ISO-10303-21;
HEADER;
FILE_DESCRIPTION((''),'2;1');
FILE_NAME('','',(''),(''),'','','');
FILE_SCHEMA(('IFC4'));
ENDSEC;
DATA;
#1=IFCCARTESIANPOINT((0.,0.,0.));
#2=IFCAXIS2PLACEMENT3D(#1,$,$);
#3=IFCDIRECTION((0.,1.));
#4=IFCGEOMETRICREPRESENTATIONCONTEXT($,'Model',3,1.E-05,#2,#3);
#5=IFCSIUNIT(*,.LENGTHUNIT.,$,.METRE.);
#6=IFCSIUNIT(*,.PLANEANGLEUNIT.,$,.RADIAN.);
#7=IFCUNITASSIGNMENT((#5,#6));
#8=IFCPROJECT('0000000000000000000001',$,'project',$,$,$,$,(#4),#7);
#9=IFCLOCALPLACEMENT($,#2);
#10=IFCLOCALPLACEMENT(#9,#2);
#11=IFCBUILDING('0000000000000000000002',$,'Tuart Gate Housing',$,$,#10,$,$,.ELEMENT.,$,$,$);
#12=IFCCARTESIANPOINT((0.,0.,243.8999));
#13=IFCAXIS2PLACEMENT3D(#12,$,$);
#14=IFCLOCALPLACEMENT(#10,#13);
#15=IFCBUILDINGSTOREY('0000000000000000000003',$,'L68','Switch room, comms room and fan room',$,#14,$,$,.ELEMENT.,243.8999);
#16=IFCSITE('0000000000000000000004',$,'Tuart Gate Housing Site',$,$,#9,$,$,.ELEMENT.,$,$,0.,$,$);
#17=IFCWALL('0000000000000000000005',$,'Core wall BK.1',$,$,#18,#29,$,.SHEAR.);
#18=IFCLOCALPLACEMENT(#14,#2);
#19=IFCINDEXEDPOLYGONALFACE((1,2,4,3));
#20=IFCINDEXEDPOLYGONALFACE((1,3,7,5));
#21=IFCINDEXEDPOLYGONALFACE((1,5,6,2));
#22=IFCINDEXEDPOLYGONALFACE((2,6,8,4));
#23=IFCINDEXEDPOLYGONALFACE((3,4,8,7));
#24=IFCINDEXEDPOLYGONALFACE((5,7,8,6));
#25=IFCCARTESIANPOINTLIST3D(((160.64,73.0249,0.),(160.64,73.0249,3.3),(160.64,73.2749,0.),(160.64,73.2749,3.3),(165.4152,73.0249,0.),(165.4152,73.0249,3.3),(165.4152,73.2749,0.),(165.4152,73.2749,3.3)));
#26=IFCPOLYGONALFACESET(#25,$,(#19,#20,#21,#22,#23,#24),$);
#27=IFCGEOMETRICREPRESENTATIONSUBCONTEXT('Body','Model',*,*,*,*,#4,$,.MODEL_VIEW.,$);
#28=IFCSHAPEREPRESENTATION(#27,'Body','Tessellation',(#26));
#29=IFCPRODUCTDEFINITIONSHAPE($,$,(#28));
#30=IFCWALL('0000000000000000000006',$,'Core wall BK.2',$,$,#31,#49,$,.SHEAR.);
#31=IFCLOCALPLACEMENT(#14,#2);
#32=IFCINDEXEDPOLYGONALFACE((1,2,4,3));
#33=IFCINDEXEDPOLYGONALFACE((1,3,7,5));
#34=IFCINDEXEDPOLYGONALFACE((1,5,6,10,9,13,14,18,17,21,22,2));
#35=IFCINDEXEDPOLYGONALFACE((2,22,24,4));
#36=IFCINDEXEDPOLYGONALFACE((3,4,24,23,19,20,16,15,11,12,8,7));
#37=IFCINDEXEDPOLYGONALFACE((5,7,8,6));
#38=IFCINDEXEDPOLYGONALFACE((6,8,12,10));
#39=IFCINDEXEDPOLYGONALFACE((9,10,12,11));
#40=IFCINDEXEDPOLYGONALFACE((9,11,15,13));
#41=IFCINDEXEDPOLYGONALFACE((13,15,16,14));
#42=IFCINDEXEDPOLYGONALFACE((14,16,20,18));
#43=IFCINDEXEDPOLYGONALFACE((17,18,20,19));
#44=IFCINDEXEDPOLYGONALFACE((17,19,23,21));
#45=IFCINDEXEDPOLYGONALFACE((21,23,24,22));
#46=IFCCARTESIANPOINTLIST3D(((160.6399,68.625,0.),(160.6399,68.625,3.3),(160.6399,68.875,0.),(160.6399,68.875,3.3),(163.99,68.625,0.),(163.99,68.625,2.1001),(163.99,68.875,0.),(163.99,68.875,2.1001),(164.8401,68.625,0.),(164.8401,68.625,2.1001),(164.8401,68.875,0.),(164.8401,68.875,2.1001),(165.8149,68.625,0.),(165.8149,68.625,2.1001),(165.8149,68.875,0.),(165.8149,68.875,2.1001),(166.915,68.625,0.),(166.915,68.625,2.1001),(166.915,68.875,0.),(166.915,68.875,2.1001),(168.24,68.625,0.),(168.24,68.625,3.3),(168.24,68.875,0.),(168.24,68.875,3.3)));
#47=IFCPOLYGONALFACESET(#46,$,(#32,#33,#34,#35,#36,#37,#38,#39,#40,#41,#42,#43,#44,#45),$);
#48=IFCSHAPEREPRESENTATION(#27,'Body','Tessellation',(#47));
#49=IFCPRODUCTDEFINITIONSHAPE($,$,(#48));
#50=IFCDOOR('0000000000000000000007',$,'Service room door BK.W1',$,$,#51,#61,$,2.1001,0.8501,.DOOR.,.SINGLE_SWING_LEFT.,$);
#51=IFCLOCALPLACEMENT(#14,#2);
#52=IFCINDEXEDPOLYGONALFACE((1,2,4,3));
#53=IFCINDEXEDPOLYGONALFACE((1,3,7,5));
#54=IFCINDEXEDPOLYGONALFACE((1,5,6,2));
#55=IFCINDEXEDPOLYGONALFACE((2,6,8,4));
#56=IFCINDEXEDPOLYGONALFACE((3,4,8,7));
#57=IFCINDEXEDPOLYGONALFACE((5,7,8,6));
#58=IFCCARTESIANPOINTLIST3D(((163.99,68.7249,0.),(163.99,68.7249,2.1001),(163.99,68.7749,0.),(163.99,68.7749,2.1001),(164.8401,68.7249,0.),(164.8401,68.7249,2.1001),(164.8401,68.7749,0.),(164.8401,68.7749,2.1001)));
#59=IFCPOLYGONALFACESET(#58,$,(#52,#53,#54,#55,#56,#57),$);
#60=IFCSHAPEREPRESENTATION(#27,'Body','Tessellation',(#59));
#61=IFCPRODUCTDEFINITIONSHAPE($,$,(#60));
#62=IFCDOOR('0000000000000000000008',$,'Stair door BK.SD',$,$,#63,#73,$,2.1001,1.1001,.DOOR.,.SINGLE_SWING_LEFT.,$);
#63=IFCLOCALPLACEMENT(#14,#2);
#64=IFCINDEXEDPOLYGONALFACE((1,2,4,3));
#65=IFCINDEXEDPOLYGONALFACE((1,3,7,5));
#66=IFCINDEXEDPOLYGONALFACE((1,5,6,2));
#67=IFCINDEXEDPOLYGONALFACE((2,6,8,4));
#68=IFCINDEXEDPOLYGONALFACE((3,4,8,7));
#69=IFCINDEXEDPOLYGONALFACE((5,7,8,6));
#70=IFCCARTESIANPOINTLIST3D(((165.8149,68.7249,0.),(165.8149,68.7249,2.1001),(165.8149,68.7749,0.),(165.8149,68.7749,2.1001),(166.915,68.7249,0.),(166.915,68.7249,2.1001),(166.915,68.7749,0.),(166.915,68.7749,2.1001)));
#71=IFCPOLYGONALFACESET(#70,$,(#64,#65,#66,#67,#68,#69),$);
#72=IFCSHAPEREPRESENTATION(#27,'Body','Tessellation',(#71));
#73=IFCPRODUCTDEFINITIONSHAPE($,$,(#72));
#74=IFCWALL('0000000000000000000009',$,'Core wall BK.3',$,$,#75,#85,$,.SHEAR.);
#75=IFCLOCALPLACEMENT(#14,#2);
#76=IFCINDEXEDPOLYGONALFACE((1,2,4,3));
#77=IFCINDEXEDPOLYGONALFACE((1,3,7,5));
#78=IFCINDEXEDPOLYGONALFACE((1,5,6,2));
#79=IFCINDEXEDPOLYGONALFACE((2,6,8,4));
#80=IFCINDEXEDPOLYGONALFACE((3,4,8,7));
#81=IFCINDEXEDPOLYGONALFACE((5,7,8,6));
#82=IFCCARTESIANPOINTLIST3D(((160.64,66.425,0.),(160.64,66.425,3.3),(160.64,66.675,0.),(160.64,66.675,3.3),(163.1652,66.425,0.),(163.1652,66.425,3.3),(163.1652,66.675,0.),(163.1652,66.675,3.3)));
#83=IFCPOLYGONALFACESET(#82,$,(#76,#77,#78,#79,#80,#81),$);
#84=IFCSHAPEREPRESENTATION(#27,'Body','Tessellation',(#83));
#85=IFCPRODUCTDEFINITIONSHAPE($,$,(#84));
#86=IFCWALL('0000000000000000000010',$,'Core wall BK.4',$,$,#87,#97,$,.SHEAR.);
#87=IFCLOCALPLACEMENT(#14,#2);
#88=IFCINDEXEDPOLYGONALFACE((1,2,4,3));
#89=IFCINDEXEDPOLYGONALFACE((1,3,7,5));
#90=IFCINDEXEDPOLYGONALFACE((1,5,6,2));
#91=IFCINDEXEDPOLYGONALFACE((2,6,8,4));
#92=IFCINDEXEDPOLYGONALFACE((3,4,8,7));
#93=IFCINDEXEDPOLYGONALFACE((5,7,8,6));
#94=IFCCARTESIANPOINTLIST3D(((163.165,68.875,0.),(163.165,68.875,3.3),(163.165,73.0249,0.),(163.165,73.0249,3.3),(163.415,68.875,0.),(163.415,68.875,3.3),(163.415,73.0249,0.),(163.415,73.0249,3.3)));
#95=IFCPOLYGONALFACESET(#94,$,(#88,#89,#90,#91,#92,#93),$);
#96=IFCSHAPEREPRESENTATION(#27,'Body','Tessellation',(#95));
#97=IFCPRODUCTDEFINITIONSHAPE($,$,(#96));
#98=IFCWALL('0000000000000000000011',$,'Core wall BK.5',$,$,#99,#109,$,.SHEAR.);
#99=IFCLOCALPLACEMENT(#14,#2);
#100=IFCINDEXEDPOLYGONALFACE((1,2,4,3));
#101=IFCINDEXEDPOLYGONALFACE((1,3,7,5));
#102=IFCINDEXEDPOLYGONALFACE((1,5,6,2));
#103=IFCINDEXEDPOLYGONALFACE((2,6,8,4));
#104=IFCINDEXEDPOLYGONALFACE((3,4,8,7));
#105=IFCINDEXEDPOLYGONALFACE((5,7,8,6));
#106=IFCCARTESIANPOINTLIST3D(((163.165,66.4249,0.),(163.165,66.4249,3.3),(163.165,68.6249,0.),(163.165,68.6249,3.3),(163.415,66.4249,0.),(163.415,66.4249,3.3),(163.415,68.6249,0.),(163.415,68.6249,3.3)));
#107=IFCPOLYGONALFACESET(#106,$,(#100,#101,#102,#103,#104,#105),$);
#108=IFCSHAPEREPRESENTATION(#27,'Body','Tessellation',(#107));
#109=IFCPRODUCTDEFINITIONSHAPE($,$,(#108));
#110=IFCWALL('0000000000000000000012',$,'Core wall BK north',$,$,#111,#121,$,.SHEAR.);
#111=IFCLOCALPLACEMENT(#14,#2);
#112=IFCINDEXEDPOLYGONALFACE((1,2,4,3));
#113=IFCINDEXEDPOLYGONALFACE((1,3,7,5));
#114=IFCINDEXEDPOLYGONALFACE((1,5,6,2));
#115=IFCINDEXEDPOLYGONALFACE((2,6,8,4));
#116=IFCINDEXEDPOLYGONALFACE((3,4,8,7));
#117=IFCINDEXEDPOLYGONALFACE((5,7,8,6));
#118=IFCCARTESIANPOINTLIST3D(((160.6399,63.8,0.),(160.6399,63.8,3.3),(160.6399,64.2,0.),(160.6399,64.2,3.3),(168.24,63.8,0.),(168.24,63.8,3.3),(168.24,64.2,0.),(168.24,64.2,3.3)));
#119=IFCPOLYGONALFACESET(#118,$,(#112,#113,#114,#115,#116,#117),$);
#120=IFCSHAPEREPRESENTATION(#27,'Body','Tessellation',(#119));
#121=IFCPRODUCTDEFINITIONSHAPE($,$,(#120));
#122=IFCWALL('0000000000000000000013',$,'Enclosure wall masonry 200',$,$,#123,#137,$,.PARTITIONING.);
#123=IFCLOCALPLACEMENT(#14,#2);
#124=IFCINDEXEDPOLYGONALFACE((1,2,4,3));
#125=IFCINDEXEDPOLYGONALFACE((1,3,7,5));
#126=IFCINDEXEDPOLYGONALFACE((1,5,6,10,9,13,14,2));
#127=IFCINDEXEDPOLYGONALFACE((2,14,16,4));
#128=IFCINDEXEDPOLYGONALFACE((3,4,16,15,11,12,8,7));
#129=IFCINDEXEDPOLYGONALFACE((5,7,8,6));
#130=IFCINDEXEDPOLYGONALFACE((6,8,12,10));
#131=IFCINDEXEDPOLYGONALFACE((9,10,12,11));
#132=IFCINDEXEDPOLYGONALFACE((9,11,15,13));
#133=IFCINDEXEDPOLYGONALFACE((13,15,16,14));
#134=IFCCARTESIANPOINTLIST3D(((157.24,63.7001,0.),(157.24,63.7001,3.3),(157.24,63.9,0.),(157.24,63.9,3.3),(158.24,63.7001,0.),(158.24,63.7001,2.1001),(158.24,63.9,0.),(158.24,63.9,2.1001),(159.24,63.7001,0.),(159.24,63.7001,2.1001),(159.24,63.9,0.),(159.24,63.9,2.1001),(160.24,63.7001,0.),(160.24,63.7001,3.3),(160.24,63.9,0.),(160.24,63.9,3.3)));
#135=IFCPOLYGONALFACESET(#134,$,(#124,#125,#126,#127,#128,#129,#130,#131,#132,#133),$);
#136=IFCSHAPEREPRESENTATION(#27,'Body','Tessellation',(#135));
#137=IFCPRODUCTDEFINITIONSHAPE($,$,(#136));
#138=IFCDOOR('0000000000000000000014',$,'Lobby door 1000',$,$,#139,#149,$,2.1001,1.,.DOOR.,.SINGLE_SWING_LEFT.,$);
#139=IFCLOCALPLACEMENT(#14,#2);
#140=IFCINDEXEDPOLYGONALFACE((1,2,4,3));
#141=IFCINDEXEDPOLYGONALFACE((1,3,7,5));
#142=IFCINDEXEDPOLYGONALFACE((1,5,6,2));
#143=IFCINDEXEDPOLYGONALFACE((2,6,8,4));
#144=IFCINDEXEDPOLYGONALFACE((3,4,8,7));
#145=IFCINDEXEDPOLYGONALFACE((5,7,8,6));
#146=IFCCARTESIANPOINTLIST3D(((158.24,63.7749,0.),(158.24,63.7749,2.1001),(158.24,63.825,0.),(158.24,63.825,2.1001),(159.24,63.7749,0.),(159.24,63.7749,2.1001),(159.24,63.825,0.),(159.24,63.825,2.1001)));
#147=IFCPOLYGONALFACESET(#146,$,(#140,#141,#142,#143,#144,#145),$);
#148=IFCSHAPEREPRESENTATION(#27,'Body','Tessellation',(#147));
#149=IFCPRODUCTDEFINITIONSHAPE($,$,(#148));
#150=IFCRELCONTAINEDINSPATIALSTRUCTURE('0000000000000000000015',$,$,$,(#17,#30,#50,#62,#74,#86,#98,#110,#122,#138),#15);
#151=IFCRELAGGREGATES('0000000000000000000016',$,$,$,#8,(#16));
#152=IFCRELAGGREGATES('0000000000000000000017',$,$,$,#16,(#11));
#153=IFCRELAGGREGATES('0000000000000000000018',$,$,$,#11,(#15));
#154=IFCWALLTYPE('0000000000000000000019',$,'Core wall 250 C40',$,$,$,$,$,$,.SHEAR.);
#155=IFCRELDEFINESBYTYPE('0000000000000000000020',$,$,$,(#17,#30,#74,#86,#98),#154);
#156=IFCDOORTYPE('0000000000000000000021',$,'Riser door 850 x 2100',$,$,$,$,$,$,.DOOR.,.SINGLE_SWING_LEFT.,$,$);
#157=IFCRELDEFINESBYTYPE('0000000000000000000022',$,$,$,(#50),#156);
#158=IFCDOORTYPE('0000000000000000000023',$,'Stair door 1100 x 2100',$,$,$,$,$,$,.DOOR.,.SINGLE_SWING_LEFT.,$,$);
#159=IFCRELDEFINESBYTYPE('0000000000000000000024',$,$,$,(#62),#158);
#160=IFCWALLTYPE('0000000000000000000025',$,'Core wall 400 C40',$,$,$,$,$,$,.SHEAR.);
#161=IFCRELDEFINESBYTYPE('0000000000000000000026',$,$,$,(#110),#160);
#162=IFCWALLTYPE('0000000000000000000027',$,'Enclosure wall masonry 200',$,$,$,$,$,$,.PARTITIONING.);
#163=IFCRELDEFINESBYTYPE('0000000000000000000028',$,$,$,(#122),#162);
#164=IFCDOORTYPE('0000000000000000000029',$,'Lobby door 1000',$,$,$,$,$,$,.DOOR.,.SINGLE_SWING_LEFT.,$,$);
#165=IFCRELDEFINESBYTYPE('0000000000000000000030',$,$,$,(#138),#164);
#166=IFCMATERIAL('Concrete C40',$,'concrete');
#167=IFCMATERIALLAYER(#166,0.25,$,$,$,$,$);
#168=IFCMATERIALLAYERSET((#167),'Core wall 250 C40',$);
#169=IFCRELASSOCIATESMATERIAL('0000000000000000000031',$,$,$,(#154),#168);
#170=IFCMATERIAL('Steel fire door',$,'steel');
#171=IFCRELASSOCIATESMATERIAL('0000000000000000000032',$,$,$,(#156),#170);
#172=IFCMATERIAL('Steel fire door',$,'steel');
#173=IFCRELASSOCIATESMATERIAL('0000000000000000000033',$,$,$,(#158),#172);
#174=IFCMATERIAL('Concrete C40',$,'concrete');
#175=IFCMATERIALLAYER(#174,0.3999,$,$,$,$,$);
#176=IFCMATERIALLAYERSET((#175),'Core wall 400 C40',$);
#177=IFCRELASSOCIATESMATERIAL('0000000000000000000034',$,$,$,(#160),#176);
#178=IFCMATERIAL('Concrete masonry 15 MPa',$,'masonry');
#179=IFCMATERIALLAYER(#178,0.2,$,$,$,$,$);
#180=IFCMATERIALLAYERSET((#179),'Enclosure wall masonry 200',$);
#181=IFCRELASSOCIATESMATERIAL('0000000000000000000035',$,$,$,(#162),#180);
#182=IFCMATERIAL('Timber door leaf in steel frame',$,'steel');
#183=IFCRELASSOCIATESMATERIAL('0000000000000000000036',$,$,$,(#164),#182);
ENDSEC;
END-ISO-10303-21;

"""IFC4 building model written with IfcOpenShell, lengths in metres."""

from ifc_helpers import new_model, si_unit, direction, frame, frame_2d, origin, place, context, subcontext, project, spatial, rectangle, extrude, material, layer, layer_set, type_object, element, fill, save


model = new_model("IFC4")

# Units and contexts
model_context = context("Model", 3, precision=1e-05, world=origin(), true_north=direction((0.0, 1.0)))
body_context = subcontext(model_context, "Body", "Model", "MODEL_VIEW")
ifc_project = project(units=[si_unit("LENGTHUNIT", "METRE"), si_unit("PLANEANGLEUNIT", "RADIAN")], contexts=[model_context])

# Site, building, storey
site_placement = place(None, origin())
site = spatial("IfcSite", under=ifc_project, at=site_placement, Name="Tuart Gate Housing Site", CompositionType="ELEMENT", RefElevation=0.0)
building_placement = place(site_placement, origin())
building = spatial("IfcBuilding", under=site, at=building_placement, Name="Tuart Gate Housing", CompositionType="ELEMENT")
storey_placement = place(building_placement, frame((0.0, 0.0, 243.8999)))
storey = spatial("IfcBuildingStorey", under=building, at=storey_placement, Name="L68", Description="Switch room, comms room and fan room", CompositionType="ELEMENT", Elevation=243.8999)

# Wall
ifc_material_1 = material(Name="Concrete C40", Category="concrete")
ifc_layer_1 = layer(ifc_material_1, 0.25)
ifc_layer_set_1 = layer_set([ifc_layer_1], Name="Core wall 250 C40")
wall_type_1 = type_object("IfcWallType", Name="Core wall 250 C40", PredefinedType="SHEAR", material=ifc_layer_set_1)
wall_1_placement = place(storey_placement, frame((160.6399, 73.1499, 0.0), z_axis=(0.0, 0.0, 1.0), x_axis=(1.0, 0.0, 0.0)))
element("IfcWall", 1, at=wall_1_placement, inside=storey, type_object=wall_type_1, Name="Core wall BK.1", PredefinedType="SHEAR", context=body_context, shape_type="SweptSolid", body=[
    extrude(rectangle(XDim=4.7751, YDim=0.25, at=frame_2d((2.3877, 0.0))), origin(), (0.0, 0.0, 1.0), 3.3),
])

# Wall, openings, doors
wall_2_placement = place(storey_placement, frame((160.6399, 68.75, 0.0), z_axis=(0.0, 0.0, 1.0), x_axis=(1.0, 0.0, 0.0)))
wall_2 = element("IfcWall", 2, at=wall_2_placement, inside=storey, type_object=wall_type_1, Name="Core wall BK.2", PredefinedType="SHEAR", context=body_context, shape_type="SweptSolid", body=[
    extrude(rectangle(XDim=7.6001, YDim=0.25, at=frame_2d((3.8, 0.0))), origin(), (0.0, 0.0, 1.0), 3.3),
])
opening_1_placement = place(wall_2_placement, frame((5.175, 0.0, 0.0)))
opening_1 = element("IfcOpeningElement", 3, at=opening_1_placement, cuts=wall_2, PredefinedType="OPENING", context=body_context, shape_type="SweptSolid", body=[
    extrude(rectangle(XDim=1.1001, YDim=2.1001, at=frame_2d((0.55, 1.05))), frame((0.0, 0.135, 0.0), z_axis=(0.0, -1.0, 0.0), x_axis=(1.0, 0.0, 0.0)), (0.0, 0.0, 1.0), 0.27),
])
opening_2_placement = place(wall_2_placement, frame((3.3501, 0.0, 0.0)))
opening_2 = element("IfcOpeningElement", 4, at=opening_2_placement, cuts=wall_2, PredefinedType="OPENING", context=body_context, shape_type="SweptSolid", body=[
    extrude(rectangle(XDim=0.8501, YDim=2.1001, at=frame_2d((0.425, 1.05))), frame((0.0, 0.135, 0.0), z_axis=(0.0, -1.0, 0.0), x_axis=(1.0, 0.0, 0.0)), (0.0, 0.0, 1.0), 0.27),
])
ifc_material_2 = material(Name="Steel fire door", Category="steel")
door_type_1 = type_object("IfcDoorType", Name="Riser door 850 x 2100", OperationType="SINGLE_SWING_LEFT", PredefinedType="DOOR", material=ifc_material_2)
door_1_placement = place(opening_2_placement, origin())
door_1 = element("IfcDoor", 5, at=door_1_placement, inside=storey, type_object=door_type_1, Name="Service room door BK.W1", OperationType="SINGLE_SWING_LEFT", OverallHeight=2.1001, OverallWidth=0.8501, PredefinedType="DOOR", context=body_context, shape_type="SweptSolid", body=[
    extrude(rectangle(XDim=0.8501, YDim=2.1001, at=frame_2d((0.425, 1.05))), frame((0.0, 0.0249, 0.0), z_axis=(0.0, -1.0, 0.0), x_axis=(1.0, 0.0, 0.0)), (0.0, 0.0, 1.0), 0.05),
])
fill(opening_2, door_1)
ifc_material_3 = material(Name="Steel fire door", Category="steel")
door_type_2 = type_object("IfcDoorType", Name="Stair door 1100 x 2100", OperationType="SINGLE_SWING_LEFT", PredefinedType="DOOR", material=ifc_material_3)
door_2_placement = place(opening_1_placement, origin())
door_2 = element("IfcDoor", 6, at=door_2_placement, inside=storey, type_object=door_type_2, Name="Stair door BK.SD", OperationType="SINGLE_SWING_LEFT", OverallHeight=2.1001, OverallWidth=1.1001, PredefinedType="DOOR", context=body_context, shape_type="SweptSolid", body=[
    extrude(rectangle(XDim=1.1001, YDim=2.1001, at=frame_2d((0.55, 1.05))), frame((0.0, 0.0249, 0.0), z_axis=(0.0, -1.0, 0.0), x_axis=(1.0, 0.0, 0.0)), (0.0, 0.0, 1.0), 0.05),
])
fill(opening_1, door_2)

# Walls
wall_3_placement = place(storey_placement, frame((160.6399, 66.55, 0.0), z_axis=(0.0, 0.0, 1.0), x_axis=(1.0, 0.0, 0.0)))
element("IfcWall", 7, at=wall_3_placement, inside=storey, type_object=wall_type_1, Name="Core wall BK.3", PredefinedType="SHEAR", context=body_context, shape_type="SweptSolid", body=[
    extrude(rectangle(XDim=2.5251, YDim=0.25, at=frame_2d((1.2627, 0.0))), origin(), (0.0, 0.0, 1.0), 3.3),
])
wall_4_placement = place(storey_placement, frame((163.29, 73.0249, 0.0), z_axis=(0.0, 0.0, 1.0), x_axis=(0.0, -1.0, 0.0)))
element("IfcWall", 8, at=wall_4_placement, inside=storey, type_object=wall_type_1, Name="Core wall BK.4", PredefinedType="SHEAR", context=body_context, shape_type="SweptSolid", body=[
    extrude(rectangle(XDim=4.1499, YDim=0.25, at=frame_2d((2.075, 0.0))), origin(), (0.0, 0.0, 1.0), 3.3),
])
wall_5_placement = place(storey_placement, frame((163.29, 68.625, 0.0), z_axis=(0.0, 0.0, 1.0), x_axis=(0.0, -1.0, 0.0)))
element("IfcWall", 9, at=wall_5_placement, inside=storey, type_object=wall_type_1, Name="Core wall BK.5", PredefinedType="SHEAR", context=body_context, shape_type="SweptSolid", body=[
    extrude(rectangle(XDim=2.2, YDim=0.25, at=frame_2d((1.1001, 0.0))), origin(), (0.0, 0.0, 1.0), 3.3),
])
ifc_material_4 = material(Name="Concrete C40", Category="concrete")
ifc_layer_2 = layer(ifc_material_4, 0.3999)
ifc_layer_set_2 = layer_set([ifc_layer_2], Name="Core wall 400 C40")
wall_type_2 = type_object("IfcWallType", Name="Core wall 400 C40", PredefinedType="SHEAR", material=ifc_layer_set_2)
wall_6_placement = place(storey_placement, frame((160.6399, 64.0, 0.0), z_axis=(0.0, 0.0, 1.0), x_axis=(1.0, 0.0, 0.0)))
element("IfcWall", 10, at=wall_6_placement, inside=storey, type_object=wall_type_2, Name="Core wall BK north", PredefinedType="SHEAR", context=body_context, shape_type="SweptSolid", body=[
    extrude(rectangle(XDim=7.6001, YDim=0.3999, at=frame_2d((3.8, 0.0))), origin(), (0.0, 0.0, 1.0), 3.3),
])

# Wall, opening, door
ifc_material_5 = material(Name="Concrete masonry 15 MPa", Category="masonry")
ifc_layer_3 = layer(ifc_material_5, 0.2)
ifc_layer_set_3 = layer_set([ifc_layer_3], Name="Enclosure wall masonry 200")
wall_type_3 = type_object("IfcWallType", Name="Enclosure wall masonry 200", PredefinedType="PARTITIONING", material=ifc_layer_set_3)
wall_7_placement = place(storey_placement, frame((157.24, 63.8, 0.0), z_axis=(0.0, 0.0, 1.0), x_axis=(1.0, 0.0, 0.0)))
wall_7 = element("IfcWall", 11, at=wall_7_placement, inside=storey, type_object=wall_type_3, Name="Enclosure wall masonry 200", PredefinedType="PARTITIONING", context=body_context, shape_type="SweptSolid", body=[
    extrude(rectangle(XDim=3.0, YDim=0.2, at=frame_2d((1.5, 0.0))), origin(), (0.0, 0.0, 1.0), 3.3),
])
opening_3_placement = place(wall_7_placement, frame((1.0, 0.0, 0.0)))
opening_3 = element("IfcOpeningElement", 12, at=opening_3_placement, cuts=wall_7, PredefinedType="OPENING", context=body_context, shape_type="SweptSolid", body=[
    extrude(rectangle(XDim=1.0, YDim=2.1001, at=frame_2d((0.5, 1.05))), frame((0.0, 0.1099, 0.0), z_axis=(0.0, -1.0, 0.0), x_axis=(1.0, 0.0, 0.0)), (0.0, 0.0, 1.0), 0.22),
])
ifc_material_6 = material(Name="Timber door leaf in steel frame", Category="steel")
door_type_3 = type_object("IfcDoorType", Name="Lobby door 1000", OperationType="SINGLE_SWING_LEFT", PredefinedType="DOOR", material=ifc_material_6)
door_3_placement = place(opening_3_placement, origin())
door_3 = element("IfcDoor", 13, at=door_3_placement, inside=storey, type_object=door_type_3, Name="Lobby door 1000", OperationType="SINGLE_SWING_LEFT", OverallHeight=2.1001, OverallWidth=1.0, PredefinedType="DOOR", context=body_context, shape_type="SweptSolid", body=[
    extrude(rectangle(XDim=1.0, YDim=2.1001, at=frame_2d((0.5, 1.05))), frame((0.0, 0.0249, 0.0), z_axis=(0.0, -1.0, 0.0), x_axis=(1.0, 0.0, 0.0)), (0.0, 0.0, 1.0), 0.05),
])
fill(opening_3, door_3)

save(model, "model.ifc")
